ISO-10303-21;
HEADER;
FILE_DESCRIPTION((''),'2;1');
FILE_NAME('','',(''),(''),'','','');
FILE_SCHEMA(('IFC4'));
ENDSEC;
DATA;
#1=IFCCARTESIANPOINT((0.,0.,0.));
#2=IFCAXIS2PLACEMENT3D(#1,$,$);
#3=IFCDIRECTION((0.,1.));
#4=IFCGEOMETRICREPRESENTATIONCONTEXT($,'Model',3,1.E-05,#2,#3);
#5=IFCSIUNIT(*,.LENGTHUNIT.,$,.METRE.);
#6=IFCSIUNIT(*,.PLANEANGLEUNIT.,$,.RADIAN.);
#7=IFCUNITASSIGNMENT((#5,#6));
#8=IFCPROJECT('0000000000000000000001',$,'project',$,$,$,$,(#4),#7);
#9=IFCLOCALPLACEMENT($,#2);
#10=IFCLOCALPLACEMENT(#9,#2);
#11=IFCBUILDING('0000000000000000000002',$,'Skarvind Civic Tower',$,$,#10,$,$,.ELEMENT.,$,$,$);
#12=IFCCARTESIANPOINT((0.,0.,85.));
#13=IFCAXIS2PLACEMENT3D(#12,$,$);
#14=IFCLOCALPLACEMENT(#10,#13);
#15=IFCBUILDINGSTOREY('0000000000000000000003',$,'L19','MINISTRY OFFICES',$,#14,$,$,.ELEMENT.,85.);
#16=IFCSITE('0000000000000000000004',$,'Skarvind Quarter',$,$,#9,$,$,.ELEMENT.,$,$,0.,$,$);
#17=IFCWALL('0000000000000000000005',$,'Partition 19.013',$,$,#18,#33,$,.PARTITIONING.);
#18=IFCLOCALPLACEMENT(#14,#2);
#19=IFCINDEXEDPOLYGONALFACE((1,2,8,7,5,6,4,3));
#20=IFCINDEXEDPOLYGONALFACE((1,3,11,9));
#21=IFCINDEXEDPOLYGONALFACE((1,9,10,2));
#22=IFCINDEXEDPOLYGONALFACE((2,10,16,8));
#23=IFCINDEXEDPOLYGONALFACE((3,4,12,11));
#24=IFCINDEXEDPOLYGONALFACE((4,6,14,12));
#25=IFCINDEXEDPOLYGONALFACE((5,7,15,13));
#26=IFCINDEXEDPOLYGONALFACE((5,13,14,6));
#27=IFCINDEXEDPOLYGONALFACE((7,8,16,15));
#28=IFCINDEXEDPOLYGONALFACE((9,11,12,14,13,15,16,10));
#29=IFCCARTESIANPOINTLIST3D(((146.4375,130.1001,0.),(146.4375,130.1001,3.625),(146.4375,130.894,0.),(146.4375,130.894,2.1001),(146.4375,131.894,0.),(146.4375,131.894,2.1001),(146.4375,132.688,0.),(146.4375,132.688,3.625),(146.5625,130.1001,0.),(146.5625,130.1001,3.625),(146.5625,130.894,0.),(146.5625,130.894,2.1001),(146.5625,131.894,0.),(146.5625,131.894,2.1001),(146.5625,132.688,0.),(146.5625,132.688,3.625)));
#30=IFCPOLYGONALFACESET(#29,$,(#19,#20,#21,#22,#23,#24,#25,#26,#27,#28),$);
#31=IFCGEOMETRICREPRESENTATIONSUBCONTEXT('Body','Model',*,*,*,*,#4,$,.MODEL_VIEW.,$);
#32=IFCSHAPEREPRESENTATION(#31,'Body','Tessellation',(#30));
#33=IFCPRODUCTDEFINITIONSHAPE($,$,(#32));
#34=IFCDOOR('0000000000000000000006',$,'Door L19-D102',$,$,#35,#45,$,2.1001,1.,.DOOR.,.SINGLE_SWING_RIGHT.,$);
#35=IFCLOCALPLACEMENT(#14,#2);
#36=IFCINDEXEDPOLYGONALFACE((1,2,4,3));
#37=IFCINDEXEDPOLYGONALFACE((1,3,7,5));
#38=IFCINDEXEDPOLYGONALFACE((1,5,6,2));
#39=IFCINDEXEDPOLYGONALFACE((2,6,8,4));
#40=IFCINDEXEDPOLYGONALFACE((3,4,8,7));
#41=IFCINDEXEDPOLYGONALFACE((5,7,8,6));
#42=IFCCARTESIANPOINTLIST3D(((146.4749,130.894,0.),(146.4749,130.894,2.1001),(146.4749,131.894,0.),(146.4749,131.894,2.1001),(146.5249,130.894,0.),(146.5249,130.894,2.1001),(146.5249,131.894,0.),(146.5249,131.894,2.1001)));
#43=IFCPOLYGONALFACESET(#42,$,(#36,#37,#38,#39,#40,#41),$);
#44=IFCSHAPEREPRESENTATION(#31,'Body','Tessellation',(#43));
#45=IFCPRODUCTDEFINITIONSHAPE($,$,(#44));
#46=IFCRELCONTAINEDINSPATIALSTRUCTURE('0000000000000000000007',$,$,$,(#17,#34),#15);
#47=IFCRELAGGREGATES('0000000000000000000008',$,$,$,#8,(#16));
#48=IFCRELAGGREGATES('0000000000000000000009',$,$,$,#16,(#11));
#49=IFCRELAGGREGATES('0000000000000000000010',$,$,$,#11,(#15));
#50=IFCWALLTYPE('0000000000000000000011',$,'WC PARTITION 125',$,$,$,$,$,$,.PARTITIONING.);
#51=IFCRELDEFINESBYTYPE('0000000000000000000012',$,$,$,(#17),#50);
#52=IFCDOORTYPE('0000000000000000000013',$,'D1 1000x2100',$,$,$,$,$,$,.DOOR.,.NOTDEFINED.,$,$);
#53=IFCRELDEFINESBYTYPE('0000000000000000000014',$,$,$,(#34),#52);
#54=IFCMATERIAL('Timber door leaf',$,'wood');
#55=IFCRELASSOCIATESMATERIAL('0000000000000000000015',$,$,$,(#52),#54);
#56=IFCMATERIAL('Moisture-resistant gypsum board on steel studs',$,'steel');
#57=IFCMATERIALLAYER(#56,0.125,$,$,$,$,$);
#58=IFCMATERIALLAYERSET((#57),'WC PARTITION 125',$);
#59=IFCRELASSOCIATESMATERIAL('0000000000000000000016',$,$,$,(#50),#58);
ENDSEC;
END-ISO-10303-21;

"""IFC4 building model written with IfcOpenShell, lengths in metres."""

from ifc_helpers import new_model, si_unit, direction, frame, frame_2d, origin, place, context, subcontext, project, spatial, rectangle, extrude, material, layer, layer_set, type_object, element, fill, save


model = new_model("IFC4")

# Units and contexts
model_context = context("Model", 3, precision=1e-05, world=origin(), true_north=direction((0.0, 1.0)))
body_context = subcontext(model_context, "Body", "Model", "MODEL_VIEW")
ifc_project = project(units=[si_unit("LENGTHUNIT", "METRE"), si_unit("PLANEANGLEUNIT", "RADIAN")], contexts=[model_context])

# Site, building, storey
site_placement = place(None, origin())
site = spatial("IfcSite", under=ifc_project, at=site_placement, Name="Skarvind Quarter", CompositionType="ELEMENT", RefElevation=0.0)
building_placement = place(site_placement, origin())
building = spatial("IfcBuilding", under=site, at=building_placement, Name="Skarvind Civic Tower", CompositionType="ELEMENT")
storey_placement = place(building_placement, frame((0.0, 0.0, 85.0)))
storey = spatial("IfcBuildingStorey", under=building, at=storey_placement, Name="L19", Description="MINISTRY OFFICES", CompositionType="ELEMENT", Elevation=85.0)

# Shared definitions
ifc_material_1 = material(Name="Timber door leaf", Category="wood")
door_type_1 = type_object("IfcDoorType", Name="D1 1000x2100", OperationType="NOTDEFINED", PredefinedType="DOOR", material=ifc_material_1)

# Shared definitions
ifc_material_2 = material(Name="Moisture-resistant gypsum board on steel studs", Category="steel")
ifc_layer_1 = layer(ifc_material_2, 0.125)
ifc_layer_set_1 = layer_set([ifc_layer_1], Name="WC PARTITION 125")
wall_type_1 = type_object("IfcWallType", Name="WC PARTITION 125", PredefinedType="PARTITIONING", material=ifc_layer_set_1)

# Wall, opening, door
wall_1_placement = place(storey_placement, frame((146.5, 132.688, 0.0), z_axis=(0.0, 0.0, 1.0), x_axis=(0.0, -1.0, 0.0)))
wall_1 = element("IfcWall", 1, at=wall_1_placement, inside=storey, type_object=wall_type_1, Name="Partition 19.013", PredefinedType="PARTITIONING", context=body_context, shape_type="SweptSolid", body=[
    extrude(rectangle(XDim=2.5879, YDim=0.125, at=frame_2d((1.2939, 0.0))), origin(), (0.0, 0.0, 1.0), 3.625),
])
opening_1_placement = place(wall_1_placement, frame((0.7939, 0.0, 0.0)))
opening_1 = element("IfcOpeningElement", 2, at=opening_1_placement, cuts=wall_1, PredefinedType="OPENING", context=body_context, shape_type="SweptSolid", body=[
    extrude(rectangle(XDim=1.0, YDim=2.1001, at=frame_2d((0.5, 1.05))), frame((0.0, 0.0725, 0.0), z_axis=(0.0, -1.0, 0.0), x_axis=(1.0, 0.0, 0.0)), (0.0, 0.0, 1.0), 0.145),
])
door_1_placement = place(opening_1_placement, origin())
door_1 = element("IfcDoor", 3, at=door_1_placement, inside=storey, type_object=door_type_1, Name="Door L19-D102", OperationType="SINGLE_SWING_RIGHT", OverallHeight=2.1001, OverallWidth=1.0, PredefinedType="DOOR", context=body_context, shape_type="SweptSolid", body=[
    extrude(rectangle(XDim=1.0, YDim=2.1001, at=frame_2d((0.5, 1.05))), frame((0.0, 0.0249, 0.0), z_axis=(0.0, -1.0, 0.0), x_axis=(1.0, 0.0, 0.0)), (0.0, 0.0, 1.0), 0.05),
])
fill(opening_1, door_1)

save(model, "model.ifc")
